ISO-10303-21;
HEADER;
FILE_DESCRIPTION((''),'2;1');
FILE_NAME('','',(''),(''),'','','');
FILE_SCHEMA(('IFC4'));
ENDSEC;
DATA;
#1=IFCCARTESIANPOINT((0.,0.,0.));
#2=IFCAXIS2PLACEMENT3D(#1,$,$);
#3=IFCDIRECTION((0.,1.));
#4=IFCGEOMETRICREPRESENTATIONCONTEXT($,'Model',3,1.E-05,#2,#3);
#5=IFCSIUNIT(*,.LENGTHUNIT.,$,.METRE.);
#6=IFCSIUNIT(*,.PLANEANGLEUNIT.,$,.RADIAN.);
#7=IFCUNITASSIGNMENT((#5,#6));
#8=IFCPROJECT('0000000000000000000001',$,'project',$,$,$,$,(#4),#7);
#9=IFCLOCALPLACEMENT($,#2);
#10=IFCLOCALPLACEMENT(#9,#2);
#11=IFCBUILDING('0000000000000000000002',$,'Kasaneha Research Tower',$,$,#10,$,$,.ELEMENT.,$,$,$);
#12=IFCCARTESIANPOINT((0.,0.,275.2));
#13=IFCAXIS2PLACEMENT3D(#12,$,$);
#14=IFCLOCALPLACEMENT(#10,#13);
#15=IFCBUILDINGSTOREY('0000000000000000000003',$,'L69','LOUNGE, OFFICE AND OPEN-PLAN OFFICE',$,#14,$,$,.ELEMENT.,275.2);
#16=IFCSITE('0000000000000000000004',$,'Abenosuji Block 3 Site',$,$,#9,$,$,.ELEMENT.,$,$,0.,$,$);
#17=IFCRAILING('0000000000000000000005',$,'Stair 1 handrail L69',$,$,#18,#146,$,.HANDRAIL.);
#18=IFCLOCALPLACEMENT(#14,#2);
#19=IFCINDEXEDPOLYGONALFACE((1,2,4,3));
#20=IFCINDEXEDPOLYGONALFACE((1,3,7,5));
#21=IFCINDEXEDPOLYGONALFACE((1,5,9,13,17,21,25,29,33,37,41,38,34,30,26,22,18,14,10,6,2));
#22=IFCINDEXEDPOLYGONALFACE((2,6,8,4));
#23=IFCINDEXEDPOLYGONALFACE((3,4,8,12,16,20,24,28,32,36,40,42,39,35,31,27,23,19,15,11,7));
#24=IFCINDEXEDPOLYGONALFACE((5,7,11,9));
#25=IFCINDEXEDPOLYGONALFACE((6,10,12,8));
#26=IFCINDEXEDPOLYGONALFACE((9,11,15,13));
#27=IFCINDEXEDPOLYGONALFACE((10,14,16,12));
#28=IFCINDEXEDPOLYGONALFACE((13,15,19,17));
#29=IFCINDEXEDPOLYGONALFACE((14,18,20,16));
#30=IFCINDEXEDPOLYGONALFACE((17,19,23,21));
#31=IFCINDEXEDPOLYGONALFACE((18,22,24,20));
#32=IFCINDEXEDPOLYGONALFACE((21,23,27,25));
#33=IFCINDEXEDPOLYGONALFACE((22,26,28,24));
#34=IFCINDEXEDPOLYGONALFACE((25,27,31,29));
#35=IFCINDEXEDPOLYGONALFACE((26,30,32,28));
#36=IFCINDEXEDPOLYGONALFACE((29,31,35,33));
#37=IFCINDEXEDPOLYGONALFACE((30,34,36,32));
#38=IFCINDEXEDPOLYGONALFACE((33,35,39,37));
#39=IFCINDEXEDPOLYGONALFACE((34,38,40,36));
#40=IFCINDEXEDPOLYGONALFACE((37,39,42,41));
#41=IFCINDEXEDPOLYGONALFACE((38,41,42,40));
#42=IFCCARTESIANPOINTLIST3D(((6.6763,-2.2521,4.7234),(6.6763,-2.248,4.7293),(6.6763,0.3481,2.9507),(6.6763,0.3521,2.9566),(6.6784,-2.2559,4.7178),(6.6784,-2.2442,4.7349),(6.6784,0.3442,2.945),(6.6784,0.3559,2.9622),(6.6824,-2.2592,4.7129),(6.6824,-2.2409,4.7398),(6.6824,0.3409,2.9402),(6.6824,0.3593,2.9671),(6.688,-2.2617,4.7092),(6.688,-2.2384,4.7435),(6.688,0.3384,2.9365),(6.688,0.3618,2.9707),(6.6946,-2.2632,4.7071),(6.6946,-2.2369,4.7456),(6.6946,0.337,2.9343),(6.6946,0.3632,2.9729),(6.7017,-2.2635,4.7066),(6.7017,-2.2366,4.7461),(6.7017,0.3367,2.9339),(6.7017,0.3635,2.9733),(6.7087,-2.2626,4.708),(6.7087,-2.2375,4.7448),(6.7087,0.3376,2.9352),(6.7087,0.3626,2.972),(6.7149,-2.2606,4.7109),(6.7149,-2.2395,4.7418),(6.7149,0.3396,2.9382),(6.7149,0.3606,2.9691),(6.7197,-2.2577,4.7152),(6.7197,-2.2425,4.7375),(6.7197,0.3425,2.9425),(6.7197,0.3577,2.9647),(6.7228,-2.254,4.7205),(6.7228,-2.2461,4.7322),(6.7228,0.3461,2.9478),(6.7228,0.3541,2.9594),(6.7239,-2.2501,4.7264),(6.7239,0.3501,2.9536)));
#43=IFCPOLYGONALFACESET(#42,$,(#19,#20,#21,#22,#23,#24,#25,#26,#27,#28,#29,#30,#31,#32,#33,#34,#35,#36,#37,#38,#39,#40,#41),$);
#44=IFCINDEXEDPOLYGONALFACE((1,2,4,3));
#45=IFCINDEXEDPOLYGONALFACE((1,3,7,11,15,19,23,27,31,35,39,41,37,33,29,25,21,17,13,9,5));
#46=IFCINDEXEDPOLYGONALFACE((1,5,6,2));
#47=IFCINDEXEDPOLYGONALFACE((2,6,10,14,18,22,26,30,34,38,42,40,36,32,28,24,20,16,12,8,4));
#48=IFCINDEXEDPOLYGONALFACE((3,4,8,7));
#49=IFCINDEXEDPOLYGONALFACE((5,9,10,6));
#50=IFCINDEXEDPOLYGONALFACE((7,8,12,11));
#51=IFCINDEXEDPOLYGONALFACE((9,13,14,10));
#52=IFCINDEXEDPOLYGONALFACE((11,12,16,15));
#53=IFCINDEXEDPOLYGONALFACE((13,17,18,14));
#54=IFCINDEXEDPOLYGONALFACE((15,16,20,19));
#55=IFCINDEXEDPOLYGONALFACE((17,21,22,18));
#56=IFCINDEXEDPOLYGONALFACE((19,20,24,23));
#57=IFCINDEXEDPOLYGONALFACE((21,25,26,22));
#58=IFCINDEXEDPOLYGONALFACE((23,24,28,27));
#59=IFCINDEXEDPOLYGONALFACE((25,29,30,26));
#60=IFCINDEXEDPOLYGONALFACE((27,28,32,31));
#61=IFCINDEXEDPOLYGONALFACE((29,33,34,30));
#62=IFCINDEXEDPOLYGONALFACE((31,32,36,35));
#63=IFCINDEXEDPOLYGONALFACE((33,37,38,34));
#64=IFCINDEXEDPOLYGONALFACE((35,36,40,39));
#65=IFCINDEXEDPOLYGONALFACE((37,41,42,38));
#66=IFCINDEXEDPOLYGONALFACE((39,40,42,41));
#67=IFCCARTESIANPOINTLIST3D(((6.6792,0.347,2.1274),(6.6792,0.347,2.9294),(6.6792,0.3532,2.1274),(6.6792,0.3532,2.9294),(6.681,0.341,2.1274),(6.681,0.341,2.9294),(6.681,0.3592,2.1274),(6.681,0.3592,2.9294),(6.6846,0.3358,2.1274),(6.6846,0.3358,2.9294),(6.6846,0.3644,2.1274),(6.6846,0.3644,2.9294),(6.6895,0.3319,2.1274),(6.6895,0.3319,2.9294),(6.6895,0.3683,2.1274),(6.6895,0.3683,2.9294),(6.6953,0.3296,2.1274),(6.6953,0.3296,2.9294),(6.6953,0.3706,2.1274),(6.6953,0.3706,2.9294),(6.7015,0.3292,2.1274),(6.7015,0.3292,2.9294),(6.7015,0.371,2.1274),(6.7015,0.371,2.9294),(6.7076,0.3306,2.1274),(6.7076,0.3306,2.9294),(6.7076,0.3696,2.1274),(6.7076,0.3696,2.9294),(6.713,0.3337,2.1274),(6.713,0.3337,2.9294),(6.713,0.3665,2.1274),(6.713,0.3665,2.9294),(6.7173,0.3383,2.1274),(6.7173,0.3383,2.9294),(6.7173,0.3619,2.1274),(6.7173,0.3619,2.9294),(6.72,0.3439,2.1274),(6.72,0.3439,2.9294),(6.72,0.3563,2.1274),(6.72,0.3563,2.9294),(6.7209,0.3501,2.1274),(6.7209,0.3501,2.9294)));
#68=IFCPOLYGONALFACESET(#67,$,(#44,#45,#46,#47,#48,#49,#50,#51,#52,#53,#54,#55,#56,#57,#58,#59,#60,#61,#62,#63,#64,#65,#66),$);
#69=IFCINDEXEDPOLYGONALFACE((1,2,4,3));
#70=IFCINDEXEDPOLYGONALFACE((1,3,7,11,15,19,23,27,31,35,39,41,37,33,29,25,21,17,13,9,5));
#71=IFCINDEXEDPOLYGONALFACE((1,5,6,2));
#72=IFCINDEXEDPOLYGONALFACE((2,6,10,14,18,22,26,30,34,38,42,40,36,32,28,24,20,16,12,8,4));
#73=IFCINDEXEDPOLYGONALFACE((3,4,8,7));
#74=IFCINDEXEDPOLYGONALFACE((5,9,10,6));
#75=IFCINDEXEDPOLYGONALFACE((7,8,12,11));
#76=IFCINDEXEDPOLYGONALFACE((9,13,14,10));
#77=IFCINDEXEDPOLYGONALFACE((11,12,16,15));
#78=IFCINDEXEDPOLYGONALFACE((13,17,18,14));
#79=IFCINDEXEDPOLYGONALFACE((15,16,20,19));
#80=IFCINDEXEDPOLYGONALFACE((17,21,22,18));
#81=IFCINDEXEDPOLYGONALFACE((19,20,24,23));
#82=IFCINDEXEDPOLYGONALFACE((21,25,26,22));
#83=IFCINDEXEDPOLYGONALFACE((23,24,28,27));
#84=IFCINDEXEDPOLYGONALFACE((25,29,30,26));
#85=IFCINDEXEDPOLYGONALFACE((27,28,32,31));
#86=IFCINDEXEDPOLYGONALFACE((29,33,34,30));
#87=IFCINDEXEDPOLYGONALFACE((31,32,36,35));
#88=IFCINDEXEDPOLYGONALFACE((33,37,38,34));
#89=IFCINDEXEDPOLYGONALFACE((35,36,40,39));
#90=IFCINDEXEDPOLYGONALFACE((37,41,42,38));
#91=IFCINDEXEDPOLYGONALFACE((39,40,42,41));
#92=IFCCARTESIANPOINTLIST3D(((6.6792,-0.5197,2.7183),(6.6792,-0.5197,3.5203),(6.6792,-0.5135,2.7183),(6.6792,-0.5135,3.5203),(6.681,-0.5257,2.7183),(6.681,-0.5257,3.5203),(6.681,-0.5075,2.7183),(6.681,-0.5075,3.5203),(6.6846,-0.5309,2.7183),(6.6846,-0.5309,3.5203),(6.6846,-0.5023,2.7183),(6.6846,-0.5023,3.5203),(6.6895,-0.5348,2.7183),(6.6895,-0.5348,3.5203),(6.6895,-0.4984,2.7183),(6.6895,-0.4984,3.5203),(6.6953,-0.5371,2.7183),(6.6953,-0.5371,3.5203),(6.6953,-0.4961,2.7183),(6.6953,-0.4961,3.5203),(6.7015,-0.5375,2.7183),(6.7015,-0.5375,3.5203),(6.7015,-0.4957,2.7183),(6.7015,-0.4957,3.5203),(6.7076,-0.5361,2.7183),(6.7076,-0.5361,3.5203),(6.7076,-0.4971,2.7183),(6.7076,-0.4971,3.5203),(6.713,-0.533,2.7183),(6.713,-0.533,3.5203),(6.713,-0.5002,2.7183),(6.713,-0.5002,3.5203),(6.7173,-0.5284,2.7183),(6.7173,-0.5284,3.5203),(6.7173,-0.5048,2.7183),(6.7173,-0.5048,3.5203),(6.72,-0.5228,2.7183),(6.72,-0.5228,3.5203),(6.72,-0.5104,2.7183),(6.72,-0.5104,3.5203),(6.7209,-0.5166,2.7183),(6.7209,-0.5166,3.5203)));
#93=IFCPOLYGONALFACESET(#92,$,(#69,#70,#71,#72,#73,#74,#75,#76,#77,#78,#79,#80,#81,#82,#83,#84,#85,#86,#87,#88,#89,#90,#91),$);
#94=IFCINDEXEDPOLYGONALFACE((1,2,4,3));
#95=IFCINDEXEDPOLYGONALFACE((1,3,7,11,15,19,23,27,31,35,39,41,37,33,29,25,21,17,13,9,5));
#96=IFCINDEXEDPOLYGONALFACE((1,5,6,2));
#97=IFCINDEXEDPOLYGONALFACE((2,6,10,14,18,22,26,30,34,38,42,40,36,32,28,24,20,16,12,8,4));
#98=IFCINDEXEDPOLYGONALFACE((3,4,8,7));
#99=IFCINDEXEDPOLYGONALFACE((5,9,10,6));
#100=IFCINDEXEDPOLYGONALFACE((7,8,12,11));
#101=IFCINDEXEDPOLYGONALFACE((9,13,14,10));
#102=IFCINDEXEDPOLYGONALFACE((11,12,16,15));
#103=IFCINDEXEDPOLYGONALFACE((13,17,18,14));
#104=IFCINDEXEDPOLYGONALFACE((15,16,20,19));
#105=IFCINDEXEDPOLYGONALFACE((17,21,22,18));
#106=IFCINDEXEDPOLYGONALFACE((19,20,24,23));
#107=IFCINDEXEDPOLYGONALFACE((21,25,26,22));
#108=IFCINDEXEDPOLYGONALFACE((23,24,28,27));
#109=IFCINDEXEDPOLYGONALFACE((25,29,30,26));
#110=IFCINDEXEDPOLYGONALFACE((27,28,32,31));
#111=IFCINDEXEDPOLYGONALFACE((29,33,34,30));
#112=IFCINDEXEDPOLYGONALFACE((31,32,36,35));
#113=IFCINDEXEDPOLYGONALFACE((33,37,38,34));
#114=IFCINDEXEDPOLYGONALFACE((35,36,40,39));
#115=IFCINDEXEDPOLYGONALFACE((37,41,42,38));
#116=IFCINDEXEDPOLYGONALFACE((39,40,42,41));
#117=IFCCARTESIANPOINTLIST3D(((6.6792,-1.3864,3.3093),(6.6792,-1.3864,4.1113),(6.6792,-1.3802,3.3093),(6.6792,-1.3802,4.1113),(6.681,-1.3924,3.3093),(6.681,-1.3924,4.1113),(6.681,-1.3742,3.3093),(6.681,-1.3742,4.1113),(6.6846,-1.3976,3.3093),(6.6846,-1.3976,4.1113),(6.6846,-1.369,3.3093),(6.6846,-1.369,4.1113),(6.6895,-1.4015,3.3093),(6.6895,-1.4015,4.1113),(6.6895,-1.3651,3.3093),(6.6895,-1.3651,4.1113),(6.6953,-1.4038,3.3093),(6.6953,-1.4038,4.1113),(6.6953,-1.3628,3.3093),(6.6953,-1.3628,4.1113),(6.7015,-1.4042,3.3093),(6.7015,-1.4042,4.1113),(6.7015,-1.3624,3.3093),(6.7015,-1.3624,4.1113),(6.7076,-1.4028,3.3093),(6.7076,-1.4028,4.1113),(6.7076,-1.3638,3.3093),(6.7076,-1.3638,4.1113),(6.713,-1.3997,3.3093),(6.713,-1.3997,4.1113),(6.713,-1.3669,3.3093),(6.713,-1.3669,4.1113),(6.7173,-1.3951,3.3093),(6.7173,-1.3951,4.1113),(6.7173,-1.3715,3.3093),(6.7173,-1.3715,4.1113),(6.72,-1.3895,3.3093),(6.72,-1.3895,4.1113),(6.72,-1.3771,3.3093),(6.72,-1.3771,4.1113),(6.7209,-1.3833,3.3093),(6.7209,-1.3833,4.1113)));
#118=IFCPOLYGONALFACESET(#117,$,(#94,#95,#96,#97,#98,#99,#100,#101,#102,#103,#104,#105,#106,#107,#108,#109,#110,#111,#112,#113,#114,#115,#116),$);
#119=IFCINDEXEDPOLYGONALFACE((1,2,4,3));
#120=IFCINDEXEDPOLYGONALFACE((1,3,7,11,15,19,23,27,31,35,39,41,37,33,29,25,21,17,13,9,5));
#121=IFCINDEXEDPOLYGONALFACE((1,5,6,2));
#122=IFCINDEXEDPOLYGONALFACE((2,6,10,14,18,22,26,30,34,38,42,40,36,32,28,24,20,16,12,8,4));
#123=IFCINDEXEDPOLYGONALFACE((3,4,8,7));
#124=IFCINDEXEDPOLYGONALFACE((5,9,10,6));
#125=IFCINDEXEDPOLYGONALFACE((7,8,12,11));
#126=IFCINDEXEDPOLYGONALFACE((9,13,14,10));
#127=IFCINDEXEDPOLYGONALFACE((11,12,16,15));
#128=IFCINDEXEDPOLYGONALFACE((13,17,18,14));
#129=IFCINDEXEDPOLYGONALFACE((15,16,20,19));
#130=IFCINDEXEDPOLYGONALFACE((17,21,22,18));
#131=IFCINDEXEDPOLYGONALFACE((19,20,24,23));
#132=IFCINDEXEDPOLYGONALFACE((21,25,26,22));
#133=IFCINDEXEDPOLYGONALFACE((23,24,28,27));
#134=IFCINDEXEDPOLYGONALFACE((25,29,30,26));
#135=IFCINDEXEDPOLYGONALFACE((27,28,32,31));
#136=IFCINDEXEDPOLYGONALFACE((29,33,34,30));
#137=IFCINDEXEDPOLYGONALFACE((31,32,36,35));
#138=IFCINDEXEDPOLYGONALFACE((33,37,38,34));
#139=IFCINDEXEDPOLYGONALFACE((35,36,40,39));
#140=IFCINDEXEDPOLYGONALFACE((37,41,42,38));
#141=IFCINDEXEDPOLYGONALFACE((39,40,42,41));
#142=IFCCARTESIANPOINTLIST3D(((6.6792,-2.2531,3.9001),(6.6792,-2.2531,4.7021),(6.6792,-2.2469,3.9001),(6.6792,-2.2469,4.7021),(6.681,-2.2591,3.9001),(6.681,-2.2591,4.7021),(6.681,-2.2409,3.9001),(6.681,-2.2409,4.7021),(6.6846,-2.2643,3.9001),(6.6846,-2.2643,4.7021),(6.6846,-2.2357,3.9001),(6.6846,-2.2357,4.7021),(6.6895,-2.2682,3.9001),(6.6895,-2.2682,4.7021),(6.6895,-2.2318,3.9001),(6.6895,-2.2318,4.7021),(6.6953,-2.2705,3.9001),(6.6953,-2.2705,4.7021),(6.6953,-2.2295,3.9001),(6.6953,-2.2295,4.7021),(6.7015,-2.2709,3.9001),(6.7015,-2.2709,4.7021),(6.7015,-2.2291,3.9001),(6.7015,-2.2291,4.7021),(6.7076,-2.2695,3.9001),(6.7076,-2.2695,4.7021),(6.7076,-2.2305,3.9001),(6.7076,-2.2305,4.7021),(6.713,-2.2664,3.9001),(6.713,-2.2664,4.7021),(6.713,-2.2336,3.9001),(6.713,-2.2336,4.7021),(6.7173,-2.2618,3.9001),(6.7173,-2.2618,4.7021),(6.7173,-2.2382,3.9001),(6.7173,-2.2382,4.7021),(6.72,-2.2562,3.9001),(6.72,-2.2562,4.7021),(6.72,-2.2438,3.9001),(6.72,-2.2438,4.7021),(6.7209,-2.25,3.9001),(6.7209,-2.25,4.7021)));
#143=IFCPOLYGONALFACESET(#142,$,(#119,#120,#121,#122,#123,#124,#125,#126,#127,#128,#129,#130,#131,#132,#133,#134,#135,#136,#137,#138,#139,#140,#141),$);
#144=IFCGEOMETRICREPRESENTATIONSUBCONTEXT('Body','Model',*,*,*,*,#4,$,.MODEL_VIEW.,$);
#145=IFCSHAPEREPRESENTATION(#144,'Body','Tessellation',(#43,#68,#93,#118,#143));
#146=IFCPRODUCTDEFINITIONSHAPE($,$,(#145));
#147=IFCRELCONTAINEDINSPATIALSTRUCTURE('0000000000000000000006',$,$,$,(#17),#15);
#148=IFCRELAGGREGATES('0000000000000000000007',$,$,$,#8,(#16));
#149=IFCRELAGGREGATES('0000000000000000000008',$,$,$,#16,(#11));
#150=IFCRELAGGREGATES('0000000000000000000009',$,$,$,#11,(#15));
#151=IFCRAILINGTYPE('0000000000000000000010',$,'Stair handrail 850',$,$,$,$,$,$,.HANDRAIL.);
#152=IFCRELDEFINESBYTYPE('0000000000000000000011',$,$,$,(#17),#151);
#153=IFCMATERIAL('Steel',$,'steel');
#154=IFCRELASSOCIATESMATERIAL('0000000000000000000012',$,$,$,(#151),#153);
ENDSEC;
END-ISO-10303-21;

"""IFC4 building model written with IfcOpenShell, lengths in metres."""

from ifc_helpers import new_model, si_unit, direction, frame, origin, origin_2d, place, context, subcontext, project, spatial, circle, extrude, material, type_object, element, save


model = new_model("IFC4")

# Units and contexts
model_context = context("Model", 3, precision=1e-05, world=origin(), true_north=direction((0.0, 1.0)))
body_context = subcontext(model_context, "Body", "Model", "MODEL_VIEW")
ifc_project = project(units=[si_unit("LENGTHUNIT", "METRE"), si_unit("PLANEANGLEUNIT", "RADIAN")], contexts=[model_context])

# Site, building, storey
site_placement = place(None, origin())
site = spatial("IfcSite", under=ifc_project, at=site_placement, Name="Abenosuji Block 3 Site", CompositionType="ELEMENT", RefElevation=0.0)
building_placement = place(site_placement, origin())
building = spatial("IfcBuilding", under=site, at=building_placement, Name="Kasaneha Research Tower", CompositionType="ELEMENT")
storey_placement = place(building_placement, frame((0.0, 0.0, 275.2)))
storey = spatial("IfcBuildingStorey", under=building, at=storey_placement, Name="L69", Description="LOUNGE, OFFICE AND OPEN-PLAN OFFICE", CompositionType="ELEMENT", Elevation=275.2)

# Railing
ifc_material_1 = material(Name="Steel", Category="steel")
railing_type_1 = type_object("IfcRailingType", Name="Stair handrail 850", PredefinedType="HANDRAIL", material=ifc_material_1)
railing_1_placement = place(storey_placement, frame((6.7, 0.3501, 2.1274)))
element("IfcRailing", 1, at=railing_1_placement, inside=storey, type_object=railing_type_1, Name="Stair 1 handrail L69", PredefinedType="HANDRAIL", context=body_context, shape_type="SweptSolid", body=[
    extrude(circle(Radius=0.0239, at=origin_2d()), frame((0.0, 0.0, 0.8262), z_axis=(0.0, -0.82624, 0.563318), x_axis=(1.0, 0.0, 0.0)), (0.0, 0.0, 1.0), 3.147),
    extrude(circle(Radius=0.021, at=origin_2d()), origin(), (0.0, 0.0, 1.0), 0.802),
    extrude(circle(Radius=0.021, at=origin_2d()), frame((0.0, -0.8667, 0.5908)), (0.0, 0.0, 1.0), 0.802),
    extrude(circle(Radius=0.021, at=origin_2d()), frame((0.0, -1.7334, 1.1819)), (0.0, 0.0, 1.0), 0.802),
    extrude(circle(Radius=0.021, at=origin_2d()), frame((0.0, -2.6001, 1.7727)), (0.0, 0.0, 1.0), 0.802),
])

save(model, "model.ifc")
